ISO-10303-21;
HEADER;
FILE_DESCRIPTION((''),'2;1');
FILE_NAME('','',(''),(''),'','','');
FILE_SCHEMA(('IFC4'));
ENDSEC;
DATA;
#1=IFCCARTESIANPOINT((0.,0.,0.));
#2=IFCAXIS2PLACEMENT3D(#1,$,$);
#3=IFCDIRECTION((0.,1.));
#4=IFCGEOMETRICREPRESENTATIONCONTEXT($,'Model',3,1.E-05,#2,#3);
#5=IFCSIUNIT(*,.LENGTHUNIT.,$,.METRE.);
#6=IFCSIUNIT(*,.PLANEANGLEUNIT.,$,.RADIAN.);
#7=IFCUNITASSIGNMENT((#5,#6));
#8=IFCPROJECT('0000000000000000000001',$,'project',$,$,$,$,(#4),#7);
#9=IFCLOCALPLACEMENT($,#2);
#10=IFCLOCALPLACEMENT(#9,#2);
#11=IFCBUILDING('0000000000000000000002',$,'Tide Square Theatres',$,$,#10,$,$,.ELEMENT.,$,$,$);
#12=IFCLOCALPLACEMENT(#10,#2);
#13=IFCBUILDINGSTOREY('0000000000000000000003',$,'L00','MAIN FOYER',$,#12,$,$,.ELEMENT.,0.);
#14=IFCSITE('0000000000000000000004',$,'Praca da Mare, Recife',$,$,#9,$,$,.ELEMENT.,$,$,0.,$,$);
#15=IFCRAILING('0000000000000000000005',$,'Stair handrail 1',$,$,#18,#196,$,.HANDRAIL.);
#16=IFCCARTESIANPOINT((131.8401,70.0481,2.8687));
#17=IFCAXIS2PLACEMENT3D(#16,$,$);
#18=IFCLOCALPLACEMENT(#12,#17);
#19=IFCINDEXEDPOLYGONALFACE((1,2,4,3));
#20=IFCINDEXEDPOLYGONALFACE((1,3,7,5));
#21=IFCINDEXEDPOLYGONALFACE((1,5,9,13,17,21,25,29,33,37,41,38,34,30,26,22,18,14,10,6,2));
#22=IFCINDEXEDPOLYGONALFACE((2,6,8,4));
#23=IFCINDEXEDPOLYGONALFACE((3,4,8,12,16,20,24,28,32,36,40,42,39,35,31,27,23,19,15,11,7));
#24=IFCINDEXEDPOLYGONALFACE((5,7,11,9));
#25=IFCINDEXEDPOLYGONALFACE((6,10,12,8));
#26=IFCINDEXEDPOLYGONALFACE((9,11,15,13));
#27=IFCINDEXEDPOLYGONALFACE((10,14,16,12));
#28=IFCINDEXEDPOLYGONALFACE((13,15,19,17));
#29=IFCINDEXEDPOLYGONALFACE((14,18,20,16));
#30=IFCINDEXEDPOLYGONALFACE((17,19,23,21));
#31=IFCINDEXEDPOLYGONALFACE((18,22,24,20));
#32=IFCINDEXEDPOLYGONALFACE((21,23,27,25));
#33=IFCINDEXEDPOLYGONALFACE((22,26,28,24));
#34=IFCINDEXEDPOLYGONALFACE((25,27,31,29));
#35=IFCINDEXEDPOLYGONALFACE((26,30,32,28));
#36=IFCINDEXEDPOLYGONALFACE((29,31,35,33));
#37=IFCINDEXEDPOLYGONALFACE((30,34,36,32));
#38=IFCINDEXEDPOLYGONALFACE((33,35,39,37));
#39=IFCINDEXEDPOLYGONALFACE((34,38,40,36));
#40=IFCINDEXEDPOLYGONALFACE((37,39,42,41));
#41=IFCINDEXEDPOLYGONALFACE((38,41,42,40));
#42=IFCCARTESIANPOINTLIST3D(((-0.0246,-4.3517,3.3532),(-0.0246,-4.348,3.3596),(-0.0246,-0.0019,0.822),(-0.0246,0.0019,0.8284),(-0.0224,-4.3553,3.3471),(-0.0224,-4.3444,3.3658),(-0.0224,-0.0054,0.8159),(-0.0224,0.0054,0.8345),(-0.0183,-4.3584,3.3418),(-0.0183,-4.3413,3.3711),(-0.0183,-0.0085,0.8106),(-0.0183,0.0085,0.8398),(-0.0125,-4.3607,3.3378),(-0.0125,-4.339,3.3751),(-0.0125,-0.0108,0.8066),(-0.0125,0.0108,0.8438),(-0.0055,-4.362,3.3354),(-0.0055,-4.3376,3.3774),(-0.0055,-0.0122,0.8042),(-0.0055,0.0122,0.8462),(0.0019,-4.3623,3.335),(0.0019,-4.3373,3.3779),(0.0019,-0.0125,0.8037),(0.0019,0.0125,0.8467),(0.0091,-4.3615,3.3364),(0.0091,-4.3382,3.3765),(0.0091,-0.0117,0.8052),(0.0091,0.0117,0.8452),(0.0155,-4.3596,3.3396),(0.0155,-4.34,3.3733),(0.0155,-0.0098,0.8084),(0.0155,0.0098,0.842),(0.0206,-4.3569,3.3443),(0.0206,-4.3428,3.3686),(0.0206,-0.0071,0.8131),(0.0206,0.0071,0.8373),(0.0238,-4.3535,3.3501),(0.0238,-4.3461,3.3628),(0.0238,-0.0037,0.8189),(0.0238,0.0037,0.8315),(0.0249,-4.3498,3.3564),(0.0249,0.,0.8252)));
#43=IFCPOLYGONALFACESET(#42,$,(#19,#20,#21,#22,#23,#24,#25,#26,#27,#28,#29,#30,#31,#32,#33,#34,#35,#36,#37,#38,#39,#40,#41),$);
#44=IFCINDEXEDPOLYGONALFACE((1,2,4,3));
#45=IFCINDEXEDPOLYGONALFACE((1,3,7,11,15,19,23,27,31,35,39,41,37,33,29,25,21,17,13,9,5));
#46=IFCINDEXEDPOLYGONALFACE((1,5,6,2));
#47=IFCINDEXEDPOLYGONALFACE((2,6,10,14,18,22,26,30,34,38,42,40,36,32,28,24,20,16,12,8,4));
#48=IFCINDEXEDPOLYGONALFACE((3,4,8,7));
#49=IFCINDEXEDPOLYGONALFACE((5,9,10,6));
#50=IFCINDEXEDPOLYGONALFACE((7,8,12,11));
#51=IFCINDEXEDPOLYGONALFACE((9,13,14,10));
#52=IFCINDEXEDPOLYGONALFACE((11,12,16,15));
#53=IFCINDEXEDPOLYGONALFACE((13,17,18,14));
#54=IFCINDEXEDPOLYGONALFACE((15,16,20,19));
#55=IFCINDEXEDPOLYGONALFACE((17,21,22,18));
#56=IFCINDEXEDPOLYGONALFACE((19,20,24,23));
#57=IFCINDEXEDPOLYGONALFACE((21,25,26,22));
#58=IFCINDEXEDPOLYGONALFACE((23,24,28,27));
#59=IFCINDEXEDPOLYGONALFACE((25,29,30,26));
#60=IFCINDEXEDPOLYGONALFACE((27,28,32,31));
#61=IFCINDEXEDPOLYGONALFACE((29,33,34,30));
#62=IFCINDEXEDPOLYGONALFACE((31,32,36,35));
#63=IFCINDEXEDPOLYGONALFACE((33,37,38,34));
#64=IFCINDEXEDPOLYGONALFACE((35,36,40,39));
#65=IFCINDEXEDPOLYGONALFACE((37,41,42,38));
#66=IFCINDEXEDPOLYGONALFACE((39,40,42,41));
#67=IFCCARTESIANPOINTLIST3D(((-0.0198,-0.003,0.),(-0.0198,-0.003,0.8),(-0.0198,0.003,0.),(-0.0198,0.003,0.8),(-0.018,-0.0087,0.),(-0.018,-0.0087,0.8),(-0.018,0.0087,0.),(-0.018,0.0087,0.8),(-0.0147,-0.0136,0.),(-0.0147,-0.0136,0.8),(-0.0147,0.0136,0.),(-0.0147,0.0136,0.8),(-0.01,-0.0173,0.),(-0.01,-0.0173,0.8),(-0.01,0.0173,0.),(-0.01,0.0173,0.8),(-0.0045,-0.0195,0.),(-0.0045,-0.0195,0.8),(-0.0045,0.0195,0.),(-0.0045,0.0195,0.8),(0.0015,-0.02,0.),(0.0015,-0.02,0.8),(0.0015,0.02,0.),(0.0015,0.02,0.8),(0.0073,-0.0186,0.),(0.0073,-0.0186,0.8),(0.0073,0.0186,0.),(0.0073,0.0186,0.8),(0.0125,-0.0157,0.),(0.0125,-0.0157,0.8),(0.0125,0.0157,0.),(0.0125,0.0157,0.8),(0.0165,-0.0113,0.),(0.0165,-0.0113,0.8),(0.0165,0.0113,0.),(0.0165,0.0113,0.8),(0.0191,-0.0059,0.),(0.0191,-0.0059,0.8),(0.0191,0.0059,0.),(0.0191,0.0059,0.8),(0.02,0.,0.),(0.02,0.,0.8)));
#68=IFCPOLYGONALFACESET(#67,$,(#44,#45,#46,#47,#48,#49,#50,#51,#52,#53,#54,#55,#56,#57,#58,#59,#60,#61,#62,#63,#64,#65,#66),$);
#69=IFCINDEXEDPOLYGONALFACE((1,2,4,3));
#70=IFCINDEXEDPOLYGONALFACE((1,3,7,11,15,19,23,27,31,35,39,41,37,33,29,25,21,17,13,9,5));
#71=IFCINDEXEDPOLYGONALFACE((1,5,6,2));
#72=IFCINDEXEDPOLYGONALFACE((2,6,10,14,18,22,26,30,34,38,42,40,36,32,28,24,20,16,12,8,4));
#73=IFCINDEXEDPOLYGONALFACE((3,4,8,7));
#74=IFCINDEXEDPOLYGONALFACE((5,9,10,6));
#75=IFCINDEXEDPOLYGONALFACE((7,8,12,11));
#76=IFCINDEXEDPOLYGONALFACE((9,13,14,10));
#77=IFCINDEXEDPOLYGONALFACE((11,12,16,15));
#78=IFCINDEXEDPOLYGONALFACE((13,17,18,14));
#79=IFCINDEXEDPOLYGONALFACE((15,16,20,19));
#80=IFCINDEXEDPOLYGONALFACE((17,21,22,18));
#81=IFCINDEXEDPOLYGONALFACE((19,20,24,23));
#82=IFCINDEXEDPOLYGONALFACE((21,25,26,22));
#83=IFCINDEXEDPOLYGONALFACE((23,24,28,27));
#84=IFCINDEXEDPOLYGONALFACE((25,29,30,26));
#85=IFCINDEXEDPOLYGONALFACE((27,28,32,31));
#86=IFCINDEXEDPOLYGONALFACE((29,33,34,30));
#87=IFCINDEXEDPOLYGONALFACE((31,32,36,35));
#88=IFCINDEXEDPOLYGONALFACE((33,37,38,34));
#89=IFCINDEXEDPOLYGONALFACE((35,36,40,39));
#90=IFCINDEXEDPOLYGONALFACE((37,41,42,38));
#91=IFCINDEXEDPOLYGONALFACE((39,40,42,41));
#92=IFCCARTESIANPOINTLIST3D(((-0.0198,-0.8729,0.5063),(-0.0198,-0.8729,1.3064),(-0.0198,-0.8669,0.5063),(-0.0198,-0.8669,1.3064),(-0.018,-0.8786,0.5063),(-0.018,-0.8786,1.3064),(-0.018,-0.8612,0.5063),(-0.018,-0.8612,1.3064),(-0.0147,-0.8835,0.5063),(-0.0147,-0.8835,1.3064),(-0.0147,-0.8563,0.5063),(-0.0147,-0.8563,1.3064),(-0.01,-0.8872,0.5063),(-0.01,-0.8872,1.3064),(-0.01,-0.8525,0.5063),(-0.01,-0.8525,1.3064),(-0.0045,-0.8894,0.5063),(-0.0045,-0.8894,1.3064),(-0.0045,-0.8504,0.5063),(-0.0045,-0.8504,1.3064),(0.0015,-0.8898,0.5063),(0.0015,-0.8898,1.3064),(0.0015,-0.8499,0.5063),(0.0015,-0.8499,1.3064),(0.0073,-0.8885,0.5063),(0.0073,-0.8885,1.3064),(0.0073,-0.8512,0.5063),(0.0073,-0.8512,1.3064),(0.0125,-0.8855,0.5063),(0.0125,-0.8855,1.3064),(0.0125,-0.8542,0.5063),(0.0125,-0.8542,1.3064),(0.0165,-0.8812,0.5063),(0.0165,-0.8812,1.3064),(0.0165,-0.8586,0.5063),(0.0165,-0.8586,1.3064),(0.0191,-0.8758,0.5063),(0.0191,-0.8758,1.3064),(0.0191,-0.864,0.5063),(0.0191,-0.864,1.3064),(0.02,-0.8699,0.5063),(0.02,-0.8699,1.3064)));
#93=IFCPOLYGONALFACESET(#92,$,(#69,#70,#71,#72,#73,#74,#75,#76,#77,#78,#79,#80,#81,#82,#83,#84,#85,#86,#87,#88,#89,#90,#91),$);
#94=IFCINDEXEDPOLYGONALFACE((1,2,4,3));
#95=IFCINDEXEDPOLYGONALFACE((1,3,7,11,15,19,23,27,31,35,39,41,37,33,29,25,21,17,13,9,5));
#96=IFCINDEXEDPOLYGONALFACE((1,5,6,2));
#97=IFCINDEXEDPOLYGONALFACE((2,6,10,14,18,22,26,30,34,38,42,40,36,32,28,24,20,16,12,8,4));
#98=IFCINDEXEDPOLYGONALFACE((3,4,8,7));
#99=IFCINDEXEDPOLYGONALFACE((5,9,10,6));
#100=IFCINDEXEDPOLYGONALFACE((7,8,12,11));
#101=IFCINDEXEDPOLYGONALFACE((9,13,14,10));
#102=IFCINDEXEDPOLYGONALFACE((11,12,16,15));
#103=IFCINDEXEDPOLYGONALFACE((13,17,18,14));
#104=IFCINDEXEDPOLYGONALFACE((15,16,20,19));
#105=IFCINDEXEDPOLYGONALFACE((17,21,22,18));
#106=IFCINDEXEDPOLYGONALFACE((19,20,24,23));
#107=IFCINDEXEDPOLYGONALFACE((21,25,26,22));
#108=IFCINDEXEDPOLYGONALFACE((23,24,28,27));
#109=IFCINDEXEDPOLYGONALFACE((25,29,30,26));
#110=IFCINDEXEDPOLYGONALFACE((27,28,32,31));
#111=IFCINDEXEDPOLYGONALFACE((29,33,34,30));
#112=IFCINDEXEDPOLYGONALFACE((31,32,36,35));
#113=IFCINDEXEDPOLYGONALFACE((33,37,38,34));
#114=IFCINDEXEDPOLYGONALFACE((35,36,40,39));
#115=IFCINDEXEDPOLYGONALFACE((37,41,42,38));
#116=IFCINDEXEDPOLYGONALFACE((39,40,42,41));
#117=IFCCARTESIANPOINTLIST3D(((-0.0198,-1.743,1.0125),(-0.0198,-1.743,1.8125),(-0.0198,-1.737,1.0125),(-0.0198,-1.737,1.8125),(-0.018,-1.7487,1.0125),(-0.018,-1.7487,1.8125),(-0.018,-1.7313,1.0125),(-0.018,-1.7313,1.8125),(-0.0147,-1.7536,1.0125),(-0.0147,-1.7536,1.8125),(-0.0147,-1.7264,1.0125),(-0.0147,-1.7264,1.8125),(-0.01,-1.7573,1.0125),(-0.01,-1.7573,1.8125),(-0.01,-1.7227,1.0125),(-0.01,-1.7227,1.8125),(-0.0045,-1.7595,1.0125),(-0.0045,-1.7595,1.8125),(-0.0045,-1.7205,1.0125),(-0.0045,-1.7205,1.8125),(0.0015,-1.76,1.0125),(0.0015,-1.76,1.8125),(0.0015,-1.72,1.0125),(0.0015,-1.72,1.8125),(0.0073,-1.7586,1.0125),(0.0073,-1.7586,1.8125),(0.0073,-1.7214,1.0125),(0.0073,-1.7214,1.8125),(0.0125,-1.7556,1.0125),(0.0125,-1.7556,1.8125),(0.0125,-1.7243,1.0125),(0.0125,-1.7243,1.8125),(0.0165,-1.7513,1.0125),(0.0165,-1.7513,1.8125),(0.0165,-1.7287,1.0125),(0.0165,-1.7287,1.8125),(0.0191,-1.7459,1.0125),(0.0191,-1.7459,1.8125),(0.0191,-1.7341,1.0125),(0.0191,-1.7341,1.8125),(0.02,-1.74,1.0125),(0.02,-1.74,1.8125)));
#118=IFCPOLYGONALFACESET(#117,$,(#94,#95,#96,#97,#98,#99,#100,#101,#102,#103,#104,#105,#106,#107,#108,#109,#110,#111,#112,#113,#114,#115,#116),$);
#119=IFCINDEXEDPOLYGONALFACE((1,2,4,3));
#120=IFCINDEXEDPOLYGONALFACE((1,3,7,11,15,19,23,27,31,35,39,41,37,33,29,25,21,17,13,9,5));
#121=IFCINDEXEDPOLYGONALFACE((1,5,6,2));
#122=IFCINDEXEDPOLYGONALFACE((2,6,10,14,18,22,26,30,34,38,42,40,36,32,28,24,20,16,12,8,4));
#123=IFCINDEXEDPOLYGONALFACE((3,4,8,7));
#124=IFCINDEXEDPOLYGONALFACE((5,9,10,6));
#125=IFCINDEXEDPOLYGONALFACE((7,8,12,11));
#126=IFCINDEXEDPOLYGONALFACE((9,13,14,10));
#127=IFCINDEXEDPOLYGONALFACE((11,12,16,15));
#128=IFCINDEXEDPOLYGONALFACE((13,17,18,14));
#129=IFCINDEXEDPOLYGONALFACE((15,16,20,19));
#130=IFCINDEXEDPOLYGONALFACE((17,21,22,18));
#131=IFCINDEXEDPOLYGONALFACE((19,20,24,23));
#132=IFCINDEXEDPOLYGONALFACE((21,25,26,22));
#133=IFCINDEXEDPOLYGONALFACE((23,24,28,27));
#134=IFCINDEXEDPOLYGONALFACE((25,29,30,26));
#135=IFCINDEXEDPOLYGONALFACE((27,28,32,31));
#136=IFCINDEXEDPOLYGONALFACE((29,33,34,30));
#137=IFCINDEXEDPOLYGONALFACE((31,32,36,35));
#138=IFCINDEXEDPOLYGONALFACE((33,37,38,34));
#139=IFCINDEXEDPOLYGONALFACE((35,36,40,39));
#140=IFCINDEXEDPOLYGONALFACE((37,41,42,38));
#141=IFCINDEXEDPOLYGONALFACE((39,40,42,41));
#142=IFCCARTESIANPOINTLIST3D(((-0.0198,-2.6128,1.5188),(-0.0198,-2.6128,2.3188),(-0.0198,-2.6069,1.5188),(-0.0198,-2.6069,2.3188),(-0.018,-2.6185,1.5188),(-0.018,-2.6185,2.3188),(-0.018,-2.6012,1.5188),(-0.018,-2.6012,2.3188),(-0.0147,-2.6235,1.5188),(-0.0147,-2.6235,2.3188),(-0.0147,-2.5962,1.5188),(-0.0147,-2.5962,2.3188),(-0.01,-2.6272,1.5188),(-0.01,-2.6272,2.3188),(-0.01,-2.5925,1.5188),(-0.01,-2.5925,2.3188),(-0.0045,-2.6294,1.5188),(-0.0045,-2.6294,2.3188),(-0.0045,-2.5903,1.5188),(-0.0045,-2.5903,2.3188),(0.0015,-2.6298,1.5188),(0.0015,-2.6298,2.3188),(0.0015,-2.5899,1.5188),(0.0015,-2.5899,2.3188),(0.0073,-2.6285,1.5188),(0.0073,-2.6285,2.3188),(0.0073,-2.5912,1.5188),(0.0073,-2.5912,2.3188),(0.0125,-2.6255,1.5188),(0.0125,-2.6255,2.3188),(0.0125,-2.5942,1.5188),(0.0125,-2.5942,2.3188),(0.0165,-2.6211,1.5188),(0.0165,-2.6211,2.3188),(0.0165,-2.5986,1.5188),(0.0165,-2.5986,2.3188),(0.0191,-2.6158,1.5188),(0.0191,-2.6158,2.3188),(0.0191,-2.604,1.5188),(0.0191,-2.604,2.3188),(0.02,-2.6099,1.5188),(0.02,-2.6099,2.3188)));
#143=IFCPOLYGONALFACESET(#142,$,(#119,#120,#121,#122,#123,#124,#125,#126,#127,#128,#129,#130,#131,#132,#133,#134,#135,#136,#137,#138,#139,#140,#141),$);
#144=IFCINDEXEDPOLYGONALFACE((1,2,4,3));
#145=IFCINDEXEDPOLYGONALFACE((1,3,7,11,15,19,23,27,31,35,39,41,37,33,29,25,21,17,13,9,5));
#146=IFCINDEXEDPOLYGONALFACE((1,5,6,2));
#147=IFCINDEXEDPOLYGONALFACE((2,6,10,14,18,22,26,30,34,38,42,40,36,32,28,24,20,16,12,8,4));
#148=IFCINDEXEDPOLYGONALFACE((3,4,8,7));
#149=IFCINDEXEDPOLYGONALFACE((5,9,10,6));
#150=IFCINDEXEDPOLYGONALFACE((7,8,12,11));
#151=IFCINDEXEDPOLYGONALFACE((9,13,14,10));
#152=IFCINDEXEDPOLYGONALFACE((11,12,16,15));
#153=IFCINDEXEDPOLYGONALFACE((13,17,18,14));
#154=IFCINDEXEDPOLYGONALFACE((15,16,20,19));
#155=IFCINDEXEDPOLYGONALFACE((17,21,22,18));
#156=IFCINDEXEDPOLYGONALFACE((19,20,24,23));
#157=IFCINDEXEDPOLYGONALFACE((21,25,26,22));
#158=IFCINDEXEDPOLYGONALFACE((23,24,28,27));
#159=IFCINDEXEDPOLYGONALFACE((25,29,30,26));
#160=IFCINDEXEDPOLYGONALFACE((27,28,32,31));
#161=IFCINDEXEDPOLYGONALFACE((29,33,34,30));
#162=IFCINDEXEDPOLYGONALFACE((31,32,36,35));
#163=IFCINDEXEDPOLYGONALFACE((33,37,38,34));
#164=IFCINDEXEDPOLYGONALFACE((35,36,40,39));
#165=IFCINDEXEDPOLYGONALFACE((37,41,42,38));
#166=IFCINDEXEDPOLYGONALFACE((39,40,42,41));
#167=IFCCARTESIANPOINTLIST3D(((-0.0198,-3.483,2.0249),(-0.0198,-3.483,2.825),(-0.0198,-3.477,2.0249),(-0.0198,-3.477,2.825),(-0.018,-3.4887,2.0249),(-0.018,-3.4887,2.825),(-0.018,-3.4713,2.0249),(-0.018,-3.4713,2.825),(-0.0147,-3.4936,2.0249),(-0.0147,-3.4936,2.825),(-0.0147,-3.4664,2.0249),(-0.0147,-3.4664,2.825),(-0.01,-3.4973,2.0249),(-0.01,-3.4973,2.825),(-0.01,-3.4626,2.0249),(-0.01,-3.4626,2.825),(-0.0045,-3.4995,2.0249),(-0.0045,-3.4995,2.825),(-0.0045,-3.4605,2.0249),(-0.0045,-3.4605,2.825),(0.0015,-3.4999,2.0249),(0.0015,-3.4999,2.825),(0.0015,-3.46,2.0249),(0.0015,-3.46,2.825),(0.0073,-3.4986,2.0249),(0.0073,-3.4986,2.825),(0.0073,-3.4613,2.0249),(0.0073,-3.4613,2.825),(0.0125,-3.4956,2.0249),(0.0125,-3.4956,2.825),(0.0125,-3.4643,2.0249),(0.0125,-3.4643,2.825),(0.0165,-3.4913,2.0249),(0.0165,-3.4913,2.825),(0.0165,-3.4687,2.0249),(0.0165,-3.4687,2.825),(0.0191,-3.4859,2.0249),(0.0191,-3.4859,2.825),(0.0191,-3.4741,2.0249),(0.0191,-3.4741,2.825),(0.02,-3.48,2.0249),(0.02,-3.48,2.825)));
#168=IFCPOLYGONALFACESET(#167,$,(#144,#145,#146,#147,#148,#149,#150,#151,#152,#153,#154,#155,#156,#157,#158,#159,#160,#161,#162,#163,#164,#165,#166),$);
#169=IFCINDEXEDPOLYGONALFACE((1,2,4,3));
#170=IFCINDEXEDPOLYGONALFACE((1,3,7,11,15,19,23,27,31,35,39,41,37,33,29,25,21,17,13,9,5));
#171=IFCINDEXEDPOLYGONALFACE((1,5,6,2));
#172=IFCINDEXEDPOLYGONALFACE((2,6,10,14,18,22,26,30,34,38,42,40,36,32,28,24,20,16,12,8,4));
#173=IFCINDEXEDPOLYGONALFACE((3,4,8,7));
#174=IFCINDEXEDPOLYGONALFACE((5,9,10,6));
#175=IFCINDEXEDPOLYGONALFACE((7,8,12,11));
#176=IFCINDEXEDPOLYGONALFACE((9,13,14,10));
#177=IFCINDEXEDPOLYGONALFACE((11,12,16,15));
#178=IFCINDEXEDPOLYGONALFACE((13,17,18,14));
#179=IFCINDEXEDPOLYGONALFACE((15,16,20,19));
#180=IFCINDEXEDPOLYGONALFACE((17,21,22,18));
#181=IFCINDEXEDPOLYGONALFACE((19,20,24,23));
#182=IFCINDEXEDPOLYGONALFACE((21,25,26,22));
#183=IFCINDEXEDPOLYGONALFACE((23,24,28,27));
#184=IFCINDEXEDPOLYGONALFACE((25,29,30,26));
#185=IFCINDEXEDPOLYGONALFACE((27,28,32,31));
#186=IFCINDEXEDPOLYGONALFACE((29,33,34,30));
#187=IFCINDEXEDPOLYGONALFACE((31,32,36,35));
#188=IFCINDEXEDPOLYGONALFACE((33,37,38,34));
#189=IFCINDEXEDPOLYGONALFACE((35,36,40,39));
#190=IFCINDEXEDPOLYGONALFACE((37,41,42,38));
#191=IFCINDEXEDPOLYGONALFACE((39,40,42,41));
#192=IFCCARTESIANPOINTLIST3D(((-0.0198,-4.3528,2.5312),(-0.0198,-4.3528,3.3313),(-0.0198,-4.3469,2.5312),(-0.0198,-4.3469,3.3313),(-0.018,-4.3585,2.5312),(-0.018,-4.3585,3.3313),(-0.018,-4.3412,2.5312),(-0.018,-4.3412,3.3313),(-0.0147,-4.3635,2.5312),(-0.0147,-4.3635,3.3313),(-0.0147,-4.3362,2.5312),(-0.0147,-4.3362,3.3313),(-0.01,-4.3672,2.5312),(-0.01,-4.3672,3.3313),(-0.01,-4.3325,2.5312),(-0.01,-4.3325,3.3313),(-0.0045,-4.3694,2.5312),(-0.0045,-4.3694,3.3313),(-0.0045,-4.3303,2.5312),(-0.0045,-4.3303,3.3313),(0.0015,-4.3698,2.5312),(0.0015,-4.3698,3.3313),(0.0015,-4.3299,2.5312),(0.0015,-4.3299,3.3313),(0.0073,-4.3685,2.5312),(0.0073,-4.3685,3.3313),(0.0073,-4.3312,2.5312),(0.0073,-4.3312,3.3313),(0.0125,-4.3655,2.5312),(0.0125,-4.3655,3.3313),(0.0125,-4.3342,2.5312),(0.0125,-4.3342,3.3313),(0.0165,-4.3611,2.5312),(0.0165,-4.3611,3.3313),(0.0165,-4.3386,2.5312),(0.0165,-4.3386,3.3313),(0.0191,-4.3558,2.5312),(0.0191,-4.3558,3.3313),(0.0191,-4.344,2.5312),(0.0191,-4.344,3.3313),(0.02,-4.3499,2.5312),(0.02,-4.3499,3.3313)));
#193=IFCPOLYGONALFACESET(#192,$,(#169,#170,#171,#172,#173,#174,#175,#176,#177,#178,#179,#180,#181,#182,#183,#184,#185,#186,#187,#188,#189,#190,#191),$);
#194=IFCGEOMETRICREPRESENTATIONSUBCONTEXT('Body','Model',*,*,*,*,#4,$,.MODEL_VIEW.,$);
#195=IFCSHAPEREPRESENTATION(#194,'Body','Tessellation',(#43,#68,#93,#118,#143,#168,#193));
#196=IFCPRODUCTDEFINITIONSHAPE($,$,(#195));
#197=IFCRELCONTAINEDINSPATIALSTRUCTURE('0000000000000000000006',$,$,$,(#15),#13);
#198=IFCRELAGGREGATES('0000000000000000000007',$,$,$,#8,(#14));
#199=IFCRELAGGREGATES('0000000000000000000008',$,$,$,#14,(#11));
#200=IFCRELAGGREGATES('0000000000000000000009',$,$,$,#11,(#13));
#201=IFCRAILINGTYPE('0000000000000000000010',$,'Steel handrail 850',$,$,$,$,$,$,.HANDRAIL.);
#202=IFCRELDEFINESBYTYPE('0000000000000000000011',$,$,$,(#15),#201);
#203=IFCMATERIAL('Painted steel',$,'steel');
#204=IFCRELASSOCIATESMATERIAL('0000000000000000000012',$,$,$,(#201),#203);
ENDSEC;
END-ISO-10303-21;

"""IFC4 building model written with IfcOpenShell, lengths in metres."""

from ifc_helpers import new_model, si_unit, direction, frame, origin, origin_2d, place, context, subcontext, project, spatial, circle, extrude, material, type_object, element, save


model = new_model("IFC4")

# Units and contexts
model_context = context("Model", 3, precision=1e-05, world=origin(), true_north=direction((0.0, 1.0)))
body_context = subcontext(model_context, "Body", "Model", "MODEL_VIEW")
ifc_project = project(units=[si_unit("LENGTHUNIT", "METRE"), si_unit("PLANEANGLEUNIT", "RADIAN")], contexts=[model_context])

# Site, building, storey
site_placement = place(None, origin())
site = spatial("IfcSite", under=ifc_project, at=site_placement, Name="Praca da Mare, Recife", CompositionType="ELEMENT", RefElevation=0.0)
building_placement = place(site_placement, origin())
building = spatial("IfcBuilding", under=site, at=building_placement, Name="Tide Square Theatres", CompositionType="ELEMENT")
storey_placement = place(building_placement, origin())
storey = spatial("IfcBuildingStorey", under=building, at=storey_placement, Name="L00", Description="MAIN FOYER", CompositionType="ELEMENT", Elevation=0.0)

# Railing
ifc_material_1 = material(Name="Painted steel", Category="steel")
railing_type = type_object("IfcRailingType", Name="Steel handrail 850", PredefinedType="HANDRAIL", material=ifc_material_1)
for number, where, name in (
    (1, (131.8401, 70.0481, 2.8687), "Stair handrail 1"),
):
    element("IfcRailing", number, at=place(storey_placement, frame(where)), inside=storey, type_object=railing_type, Name=name, PredefinedType="HANDRAIL", context=body_context, shape_type="SweptSolid", body=[
        extrude(circle(Radius=0.0249, at=origin_2d()), frame((0.0, 0.0, 0.8252), z_axis=(0.0, -0.864312, 0.502957), x_axis=(1.0, 0.0, 0.0)), (0.0, 0.0, 1.0), 5.0327),
        extrude(circle(Radius=0.02, at=origin_2d()), origin(), (0.0, 0.0, 1.0), 0.8),
        extrude(circle(Radius=0.02, at=origin_2d()), frame((0.0, -0.8699, 0.5063)), (0.0, 0.0, 1.0), 0.8),
        extrude(circle(Radius=0.02, at=origin_2d()), frame((0.0, -1.74, 1.0125)), (0.0, 0.0, 1.0), 0.8),
        extrude(circle(Radius=0.02, at=origin_2d()), frame((0.0, -2.6099, 1.5188)), (0.0, 0.0, 1.0), 0.8),
        extrude(circle(Radius=0.02, at=origin_2d()), frame((0.0, -3.48, 2.0249)), (0.0, 0.0, 1.0), 0.8),
        extrude(circle(Radius=0.02, at=origin_2d()), frame((0.0, -4.3499, 2.5312)), (0.0, 0.0, 1.0), 0.8),
    ])

save(model, "model.ifc")
